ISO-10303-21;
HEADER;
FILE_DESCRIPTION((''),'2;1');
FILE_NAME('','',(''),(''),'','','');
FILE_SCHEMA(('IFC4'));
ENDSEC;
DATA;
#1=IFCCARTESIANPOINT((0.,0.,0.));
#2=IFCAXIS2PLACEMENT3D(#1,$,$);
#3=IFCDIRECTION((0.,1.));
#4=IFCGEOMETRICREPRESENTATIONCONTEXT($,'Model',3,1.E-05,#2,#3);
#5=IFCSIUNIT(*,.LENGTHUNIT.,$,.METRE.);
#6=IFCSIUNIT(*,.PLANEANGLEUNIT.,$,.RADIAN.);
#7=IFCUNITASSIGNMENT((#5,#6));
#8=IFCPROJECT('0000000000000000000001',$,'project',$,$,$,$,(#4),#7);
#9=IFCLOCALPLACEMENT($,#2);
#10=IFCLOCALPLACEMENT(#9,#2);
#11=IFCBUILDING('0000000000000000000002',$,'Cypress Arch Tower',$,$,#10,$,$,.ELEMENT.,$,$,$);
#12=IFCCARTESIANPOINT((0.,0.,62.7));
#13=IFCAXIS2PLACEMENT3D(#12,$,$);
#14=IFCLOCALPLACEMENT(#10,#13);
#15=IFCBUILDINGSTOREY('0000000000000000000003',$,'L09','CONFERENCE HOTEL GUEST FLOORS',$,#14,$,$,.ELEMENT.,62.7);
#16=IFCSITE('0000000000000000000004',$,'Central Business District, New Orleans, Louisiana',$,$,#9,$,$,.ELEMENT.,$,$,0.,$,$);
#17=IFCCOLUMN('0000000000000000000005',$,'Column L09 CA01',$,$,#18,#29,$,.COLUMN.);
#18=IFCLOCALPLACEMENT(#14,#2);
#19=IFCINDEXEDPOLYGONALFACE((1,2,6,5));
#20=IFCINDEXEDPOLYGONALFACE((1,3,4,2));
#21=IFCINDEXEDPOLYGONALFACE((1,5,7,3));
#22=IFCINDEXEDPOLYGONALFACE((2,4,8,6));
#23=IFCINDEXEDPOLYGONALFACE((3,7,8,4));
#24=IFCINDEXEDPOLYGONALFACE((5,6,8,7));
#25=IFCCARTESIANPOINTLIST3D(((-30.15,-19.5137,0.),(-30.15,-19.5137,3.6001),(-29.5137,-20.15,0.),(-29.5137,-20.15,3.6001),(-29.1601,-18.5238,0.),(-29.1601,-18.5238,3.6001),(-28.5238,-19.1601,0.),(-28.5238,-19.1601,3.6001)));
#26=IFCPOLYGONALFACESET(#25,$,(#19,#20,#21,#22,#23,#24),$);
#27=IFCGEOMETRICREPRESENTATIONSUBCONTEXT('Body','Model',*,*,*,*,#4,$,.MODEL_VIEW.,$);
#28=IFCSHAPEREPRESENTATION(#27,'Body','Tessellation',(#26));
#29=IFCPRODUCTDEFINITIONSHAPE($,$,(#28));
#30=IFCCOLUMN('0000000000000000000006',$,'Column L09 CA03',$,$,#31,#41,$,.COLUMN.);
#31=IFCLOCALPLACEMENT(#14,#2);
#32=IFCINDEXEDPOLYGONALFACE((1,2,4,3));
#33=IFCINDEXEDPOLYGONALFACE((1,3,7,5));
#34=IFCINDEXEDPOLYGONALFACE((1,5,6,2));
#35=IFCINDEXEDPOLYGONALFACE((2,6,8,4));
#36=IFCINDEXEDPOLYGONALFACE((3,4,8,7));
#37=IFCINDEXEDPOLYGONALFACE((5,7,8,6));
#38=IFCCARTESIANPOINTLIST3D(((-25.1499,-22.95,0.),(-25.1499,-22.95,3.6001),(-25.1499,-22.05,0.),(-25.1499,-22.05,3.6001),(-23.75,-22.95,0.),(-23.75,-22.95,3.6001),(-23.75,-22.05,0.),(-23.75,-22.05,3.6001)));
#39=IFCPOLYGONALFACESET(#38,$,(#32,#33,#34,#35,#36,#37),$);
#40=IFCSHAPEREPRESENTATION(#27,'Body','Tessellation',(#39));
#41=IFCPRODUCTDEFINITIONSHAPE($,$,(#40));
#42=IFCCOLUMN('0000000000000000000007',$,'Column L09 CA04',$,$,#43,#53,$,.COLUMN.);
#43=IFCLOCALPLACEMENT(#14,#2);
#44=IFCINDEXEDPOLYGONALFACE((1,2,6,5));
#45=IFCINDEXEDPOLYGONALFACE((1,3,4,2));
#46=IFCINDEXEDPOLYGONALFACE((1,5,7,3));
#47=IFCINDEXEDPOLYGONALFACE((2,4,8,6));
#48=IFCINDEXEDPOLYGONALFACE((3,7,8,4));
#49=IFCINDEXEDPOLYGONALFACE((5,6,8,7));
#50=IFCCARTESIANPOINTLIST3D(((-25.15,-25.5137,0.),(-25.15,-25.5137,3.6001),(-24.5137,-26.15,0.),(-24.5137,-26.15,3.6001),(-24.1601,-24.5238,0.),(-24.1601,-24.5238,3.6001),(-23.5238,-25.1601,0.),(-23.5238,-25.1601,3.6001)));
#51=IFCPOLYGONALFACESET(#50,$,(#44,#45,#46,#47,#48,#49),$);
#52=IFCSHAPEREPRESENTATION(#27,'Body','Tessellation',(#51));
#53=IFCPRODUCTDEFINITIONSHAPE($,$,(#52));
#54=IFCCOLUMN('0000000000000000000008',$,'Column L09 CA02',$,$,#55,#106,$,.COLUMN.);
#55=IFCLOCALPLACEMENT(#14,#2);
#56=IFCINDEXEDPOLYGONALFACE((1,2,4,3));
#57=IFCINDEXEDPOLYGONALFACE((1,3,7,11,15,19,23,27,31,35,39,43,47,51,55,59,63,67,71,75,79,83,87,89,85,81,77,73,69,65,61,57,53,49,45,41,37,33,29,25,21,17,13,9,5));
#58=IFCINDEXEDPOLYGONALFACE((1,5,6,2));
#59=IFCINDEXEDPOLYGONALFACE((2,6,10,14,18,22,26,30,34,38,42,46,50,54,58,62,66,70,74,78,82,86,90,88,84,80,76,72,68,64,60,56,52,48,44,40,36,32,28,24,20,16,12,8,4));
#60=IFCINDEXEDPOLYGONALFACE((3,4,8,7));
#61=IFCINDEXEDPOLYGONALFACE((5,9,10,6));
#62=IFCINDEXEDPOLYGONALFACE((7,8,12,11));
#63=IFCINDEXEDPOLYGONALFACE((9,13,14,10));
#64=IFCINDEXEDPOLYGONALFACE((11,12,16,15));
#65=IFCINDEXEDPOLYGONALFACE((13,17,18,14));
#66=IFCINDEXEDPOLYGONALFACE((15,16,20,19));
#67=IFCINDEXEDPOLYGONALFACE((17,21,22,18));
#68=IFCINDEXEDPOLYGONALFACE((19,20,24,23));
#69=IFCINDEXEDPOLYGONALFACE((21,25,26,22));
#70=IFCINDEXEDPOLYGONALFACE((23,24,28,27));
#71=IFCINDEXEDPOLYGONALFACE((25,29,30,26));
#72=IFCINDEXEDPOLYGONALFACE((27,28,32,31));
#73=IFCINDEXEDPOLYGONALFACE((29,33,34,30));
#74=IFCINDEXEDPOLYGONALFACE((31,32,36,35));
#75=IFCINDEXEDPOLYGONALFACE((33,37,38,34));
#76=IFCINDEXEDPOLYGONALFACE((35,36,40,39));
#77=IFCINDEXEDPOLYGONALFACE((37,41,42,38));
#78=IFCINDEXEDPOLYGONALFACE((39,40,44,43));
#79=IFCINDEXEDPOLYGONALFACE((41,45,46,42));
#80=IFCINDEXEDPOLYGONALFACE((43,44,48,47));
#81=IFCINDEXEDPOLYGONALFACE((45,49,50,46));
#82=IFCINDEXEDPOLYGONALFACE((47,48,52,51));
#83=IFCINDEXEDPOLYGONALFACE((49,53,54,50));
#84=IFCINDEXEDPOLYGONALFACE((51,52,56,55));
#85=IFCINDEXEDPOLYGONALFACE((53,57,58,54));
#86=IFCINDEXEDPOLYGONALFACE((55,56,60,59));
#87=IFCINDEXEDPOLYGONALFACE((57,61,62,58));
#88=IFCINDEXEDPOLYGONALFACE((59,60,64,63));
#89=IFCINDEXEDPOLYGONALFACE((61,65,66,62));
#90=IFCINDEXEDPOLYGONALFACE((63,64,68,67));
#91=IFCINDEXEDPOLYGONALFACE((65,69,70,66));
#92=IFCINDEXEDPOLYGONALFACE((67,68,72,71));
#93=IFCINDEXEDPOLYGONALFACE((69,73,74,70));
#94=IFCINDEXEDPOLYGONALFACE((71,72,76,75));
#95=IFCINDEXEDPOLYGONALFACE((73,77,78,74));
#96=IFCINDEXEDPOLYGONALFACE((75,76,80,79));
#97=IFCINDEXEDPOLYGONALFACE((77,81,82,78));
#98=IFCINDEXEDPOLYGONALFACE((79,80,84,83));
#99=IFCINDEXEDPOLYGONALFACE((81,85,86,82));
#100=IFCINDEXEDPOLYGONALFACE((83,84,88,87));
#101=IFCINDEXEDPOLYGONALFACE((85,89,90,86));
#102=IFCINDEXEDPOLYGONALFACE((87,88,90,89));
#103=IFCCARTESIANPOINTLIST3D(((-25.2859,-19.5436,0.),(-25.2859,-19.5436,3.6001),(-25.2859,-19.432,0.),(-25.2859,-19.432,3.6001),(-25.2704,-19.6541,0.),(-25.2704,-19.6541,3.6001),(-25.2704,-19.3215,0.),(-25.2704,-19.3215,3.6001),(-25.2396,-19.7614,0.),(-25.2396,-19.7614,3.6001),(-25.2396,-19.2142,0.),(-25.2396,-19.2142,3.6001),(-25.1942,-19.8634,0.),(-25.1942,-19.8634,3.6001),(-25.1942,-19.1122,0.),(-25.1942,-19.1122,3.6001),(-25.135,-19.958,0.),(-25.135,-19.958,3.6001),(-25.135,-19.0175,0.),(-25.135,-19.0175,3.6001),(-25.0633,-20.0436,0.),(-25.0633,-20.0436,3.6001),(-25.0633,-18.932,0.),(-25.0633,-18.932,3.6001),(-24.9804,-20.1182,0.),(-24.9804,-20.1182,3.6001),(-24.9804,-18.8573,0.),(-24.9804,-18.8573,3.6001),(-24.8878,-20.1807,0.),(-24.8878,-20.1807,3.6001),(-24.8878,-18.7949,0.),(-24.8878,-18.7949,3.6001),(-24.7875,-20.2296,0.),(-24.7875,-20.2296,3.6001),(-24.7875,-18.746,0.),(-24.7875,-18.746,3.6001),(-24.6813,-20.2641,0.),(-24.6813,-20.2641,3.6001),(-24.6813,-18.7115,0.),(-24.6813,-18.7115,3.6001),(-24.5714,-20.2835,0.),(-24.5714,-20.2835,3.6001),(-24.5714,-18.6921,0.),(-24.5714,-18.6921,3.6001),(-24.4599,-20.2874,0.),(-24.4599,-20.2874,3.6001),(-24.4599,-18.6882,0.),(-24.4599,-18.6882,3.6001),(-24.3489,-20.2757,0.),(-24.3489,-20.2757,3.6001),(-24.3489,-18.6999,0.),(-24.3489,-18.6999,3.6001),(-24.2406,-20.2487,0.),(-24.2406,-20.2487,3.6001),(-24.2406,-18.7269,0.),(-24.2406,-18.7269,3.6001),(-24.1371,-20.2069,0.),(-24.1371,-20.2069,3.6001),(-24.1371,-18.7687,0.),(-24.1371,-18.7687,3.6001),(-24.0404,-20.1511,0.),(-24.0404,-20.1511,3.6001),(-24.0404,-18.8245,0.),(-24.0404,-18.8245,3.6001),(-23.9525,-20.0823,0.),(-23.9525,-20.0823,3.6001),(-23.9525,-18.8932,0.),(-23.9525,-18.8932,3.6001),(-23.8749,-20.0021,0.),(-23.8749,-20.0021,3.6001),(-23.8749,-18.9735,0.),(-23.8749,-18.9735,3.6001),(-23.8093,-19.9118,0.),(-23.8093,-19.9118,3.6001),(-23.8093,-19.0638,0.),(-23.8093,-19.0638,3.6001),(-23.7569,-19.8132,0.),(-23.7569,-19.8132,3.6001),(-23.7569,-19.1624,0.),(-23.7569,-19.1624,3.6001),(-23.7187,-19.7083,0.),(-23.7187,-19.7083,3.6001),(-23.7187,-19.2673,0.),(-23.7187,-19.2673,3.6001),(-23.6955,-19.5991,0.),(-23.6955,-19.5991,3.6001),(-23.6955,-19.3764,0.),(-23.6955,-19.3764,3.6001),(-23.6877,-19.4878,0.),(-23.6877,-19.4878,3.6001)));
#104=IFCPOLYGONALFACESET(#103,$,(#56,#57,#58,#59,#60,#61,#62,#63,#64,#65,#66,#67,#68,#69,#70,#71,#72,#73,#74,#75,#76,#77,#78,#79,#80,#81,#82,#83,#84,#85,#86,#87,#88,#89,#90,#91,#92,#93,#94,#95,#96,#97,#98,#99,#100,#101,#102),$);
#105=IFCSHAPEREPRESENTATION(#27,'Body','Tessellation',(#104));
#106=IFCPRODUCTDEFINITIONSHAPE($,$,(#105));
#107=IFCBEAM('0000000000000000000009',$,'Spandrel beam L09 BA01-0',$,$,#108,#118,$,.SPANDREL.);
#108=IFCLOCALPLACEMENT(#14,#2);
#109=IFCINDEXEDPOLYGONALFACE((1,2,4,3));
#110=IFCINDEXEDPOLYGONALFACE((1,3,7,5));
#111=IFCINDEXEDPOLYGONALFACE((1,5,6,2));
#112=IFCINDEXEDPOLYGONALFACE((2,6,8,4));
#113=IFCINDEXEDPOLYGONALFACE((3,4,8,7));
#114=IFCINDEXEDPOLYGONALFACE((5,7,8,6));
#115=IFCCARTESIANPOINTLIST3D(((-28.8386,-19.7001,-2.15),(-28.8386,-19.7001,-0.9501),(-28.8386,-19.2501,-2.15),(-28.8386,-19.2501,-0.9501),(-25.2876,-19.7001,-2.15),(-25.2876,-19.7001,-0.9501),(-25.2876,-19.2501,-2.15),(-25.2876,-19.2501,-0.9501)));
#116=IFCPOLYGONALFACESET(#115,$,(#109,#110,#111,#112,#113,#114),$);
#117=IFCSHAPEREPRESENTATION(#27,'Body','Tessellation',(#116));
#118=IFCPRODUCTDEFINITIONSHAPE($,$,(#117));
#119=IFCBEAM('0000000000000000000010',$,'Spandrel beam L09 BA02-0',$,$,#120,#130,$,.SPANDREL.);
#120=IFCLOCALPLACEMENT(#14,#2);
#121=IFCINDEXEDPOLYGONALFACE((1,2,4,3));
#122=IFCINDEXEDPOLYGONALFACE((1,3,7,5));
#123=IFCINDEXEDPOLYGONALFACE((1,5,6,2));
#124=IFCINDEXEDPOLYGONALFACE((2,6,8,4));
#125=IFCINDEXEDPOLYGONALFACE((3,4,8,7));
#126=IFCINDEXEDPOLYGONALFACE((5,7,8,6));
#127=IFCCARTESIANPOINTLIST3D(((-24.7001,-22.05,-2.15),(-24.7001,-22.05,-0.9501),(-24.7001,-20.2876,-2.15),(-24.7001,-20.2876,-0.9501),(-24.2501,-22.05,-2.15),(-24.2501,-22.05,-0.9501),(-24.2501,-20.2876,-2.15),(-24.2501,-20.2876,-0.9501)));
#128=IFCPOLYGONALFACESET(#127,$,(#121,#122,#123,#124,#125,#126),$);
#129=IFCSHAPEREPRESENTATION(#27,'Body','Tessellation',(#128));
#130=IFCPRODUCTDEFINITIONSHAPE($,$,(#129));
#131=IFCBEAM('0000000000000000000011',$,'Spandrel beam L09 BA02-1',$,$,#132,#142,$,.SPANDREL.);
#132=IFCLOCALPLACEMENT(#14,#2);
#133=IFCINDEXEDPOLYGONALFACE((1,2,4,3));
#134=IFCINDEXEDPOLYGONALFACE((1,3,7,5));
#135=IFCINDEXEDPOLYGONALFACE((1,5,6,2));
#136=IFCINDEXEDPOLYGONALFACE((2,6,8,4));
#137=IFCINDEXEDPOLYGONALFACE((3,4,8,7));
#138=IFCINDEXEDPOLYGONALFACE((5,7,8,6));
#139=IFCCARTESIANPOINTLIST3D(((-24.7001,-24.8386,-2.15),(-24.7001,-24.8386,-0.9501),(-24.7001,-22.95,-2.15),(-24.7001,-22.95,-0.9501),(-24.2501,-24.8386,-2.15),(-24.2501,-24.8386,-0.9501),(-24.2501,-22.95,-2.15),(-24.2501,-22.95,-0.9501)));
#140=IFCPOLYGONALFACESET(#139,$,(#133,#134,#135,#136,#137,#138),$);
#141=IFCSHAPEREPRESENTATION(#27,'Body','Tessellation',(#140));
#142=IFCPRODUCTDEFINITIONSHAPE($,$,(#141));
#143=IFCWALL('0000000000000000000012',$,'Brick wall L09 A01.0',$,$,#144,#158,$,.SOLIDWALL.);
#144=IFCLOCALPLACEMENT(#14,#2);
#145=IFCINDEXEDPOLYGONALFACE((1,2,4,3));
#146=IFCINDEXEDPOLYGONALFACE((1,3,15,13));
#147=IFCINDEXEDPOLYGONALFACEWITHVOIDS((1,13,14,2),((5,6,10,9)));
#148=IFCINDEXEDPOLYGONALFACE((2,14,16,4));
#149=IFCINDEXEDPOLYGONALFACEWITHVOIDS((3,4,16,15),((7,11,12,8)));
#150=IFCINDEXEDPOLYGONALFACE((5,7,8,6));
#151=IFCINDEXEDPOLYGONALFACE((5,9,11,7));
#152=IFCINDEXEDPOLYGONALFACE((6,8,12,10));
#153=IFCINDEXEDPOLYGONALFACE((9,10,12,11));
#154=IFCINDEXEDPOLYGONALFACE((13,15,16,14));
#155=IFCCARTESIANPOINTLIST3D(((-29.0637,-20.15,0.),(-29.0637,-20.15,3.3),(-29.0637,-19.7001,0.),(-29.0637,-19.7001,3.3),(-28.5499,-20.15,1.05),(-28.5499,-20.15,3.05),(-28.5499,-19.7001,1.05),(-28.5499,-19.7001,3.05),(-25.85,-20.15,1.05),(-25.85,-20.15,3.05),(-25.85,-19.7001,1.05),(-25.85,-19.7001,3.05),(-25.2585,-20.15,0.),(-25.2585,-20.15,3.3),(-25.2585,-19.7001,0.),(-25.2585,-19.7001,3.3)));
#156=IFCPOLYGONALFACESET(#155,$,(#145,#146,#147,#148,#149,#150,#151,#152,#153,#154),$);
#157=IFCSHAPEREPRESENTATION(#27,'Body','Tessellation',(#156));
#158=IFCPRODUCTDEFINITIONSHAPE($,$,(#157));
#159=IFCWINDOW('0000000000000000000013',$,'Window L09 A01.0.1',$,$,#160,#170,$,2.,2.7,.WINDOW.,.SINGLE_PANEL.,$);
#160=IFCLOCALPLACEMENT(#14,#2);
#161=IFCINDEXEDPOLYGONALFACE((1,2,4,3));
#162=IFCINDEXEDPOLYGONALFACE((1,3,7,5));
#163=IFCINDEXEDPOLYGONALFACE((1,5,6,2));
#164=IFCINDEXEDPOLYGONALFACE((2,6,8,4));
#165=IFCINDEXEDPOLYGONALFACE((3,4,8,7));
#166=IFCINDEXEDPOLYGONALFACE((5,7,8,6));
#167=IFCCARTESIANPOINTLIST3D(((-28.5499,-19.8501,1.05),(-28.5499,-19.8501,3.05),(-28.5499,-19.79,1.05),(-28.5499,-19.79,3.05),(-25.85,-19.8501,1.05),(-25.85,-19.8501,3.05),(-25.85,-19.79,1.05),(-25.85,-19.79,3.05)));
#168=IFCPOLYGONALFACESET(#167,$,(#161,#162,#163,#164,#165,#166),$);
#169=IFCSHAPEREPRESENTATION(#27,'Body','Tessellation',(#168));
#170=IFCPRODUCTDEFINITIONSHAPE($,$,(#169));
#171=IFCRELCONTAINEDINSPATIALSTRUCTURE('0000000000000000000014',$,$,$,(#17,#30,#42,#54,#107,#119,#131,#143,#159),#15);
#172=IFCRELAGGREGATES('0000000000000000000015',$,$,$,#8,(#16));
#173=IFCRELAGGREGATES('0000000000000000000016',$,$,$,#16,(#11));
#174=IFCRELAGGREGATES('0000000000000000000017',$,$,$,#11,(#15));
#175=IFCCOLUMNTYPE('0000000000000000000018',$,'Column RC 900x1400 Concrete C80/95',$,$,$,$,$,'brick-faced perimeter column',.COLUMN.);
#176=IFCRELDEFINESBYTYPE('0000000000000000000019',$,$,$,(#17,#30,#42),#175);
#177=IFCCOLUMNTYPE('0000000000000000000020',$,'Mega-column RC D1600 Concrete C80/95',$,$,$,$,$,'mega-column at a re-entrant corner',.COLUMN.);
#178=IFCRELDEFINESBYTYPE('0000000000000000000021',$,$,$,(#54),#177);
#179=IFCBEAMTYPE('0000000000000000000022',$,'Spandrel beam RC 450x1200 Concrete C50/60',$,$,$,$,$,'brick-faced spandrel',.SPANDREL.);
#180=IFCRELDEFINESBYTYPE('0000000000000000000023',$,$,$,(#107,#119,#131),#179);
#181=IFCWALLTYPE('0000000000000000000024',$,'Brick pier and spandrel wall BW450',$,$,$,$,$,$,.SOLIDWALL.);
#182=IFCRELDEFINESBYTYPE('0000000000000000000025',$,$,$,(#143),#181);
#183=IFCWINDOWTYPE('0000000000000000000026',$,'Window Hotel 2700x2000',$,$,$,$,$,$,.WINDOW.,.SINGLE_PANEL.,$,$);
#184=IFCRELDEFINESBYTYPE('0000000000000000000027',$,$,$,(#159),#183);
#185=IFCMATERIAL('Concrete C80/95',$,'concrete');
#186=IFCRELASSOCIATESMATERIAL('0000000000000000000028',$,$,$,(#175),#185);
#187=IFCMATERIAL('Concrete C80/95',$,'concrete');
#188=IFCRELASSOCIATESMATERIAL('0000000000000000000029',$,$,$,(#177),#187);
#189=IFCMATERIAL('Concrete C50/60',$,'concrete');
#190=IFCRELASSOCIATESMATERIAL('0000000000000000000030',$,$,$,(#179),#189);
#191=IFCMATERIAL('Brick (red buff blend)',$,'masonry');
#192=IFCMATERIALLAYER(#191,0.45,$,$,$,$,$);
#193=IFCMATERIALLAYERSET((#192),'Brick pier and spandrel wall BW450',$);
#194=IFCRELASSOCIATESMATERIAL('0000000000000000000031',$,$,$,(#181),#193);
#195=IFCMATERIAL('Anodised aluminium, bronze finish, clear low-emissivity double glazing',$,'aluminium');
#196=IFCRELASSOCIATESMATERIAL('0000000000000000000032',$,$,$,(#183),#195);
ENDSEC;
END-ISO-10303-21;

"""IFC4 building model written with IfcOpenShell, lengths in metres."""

from ifc_helpers import new_model, si_unit, direction, frame, frame_2d, origin, origin_2d, place, context, subcontext, project, spatial, rectangle, circle, extrude, material, layer, layer_set, material_profile, profile_set, type_object, element, fill, save


model = new_model("IFC4")

# Units and contexts
model_context = context("Model", 3, precision=1e-05, world=origin(), true_north=direction((0.0, 1.0)))
body_context = subcontext(model_context, "Body", "Model", "MODEL_VIEW")
ifc_project = project(units=[si_unit("LENGTHUNIT", "METRE"), si_unit("PLANEANGLEUNIT", "RADIAN")], contexts=[model_context])

# Site, building, storey
site_placement = place(None, origin())
site = spatial("IfcSite", under=ifc_project, at=site_placement, Name="Central Business District, New Orleans, Louisiana", CompositionType="ELEMENT", RefElevation=0.0)
building_placement = place(site_placement, origin())
building = spatial("IfcBuilding", under=site, at=building_placement, Name="Cypress Arch Tower", CompositionType="ELEMENT")
storey_placement = place(building_placement, frame((0.0, 0.0, 62.7)))
storey = spatial("IfcBuildingStorey", under=building, at=storey_placement, Name="L09", Description="CONFERENCE HOTEL GUEST FLOORS", CompositionType="ELEMENT", Elevation=62.7)

# Columns
ifc_material_1 = material(Name="Concrete C80/95", Category="concrete")
ifc_material_profile_1 = material_profile(ifc_material_1, rectangle(XDim=0.8999, YDim=1.3999, at=origin_2d()), Name="RC 900x1400")
ifc_profile_set_1 = profile_set([ifc_material_profile_1], Name="Concrete C80/95")
column_type_1 = type_object("IfcColumnType", Name="Column RC 900x1400 Concrete C80/95", ElementType="brick-faced perimeter column", PredefinedType="COLUMN", material=ifc_profile_set_1)
for number, where, z_axis, x_axis, name in (
    (1, (-29.3369, -19.3369, 0.0), (0.0, 0.0, 1.0), (0.707107, -0.707107, 0.0), "Column L09 CA01"),
    (2, (-24.45, -22.5, 0.0), (0.0, 0.0, 1.0), (0.0, -1.0, 0.0), "Column L09 CA03"),
    (3, (-24.3369, -25.3369, 0.0), (0.0, 0.0, 1.0), (0.707107, -0.707107, 0.0), "Column L09 CA04"),
):
    element("IfcColumn", number, at=place(storey_placement, frame(where, z_axis=z_axis, x_axis=x_axis)), inside=storey, type_object=column_type_1, Name=name, PredefinedType="COLUMN", context=body_context, shape_type="SweptSolid", body=[
        extrude(rectangle(XDim=0.8999, YDim=1.3999, at=origin_2d()), origin(), (0.0, 0.0, 1.0), 3.6001),
    ])
ifc_material_2 = material(Name="Concrete C80/95", Category="concrete")
ifc_material_profile_2 = material_profile(ifc_material_2, circle(Radius=0.8, at=origin_2d()), Name="RC D1600")
ifc_profile_set_2 = profile_set([ifc_material_profile_2], Name="Concrete C80/95")
column_type_2 = type_object("IfcColumnType", Name="Mega-column RC D1600 Concrete C80/95", ElementType="mega-column at a re-entrant corner", PredefinedType="COLUMN", material=ifc_profile_set_2)
column_placement = place(storey_placement, frame((-24.4878, -19.4878, 0.0), z_axis=(0.0, 0.0, 1.0), x_axis=(1.0, 0.0, 0.0)))
element("IfcColumn", 4, at=column_placement, inside=storey, type_object=column_type_2, Name="Column L09 CA02", PredefinedType="COLUMN", context=body_context, shape_type="SweptSolid", body=[
    extrude(circle(Radius=0.8, at=origin_2d()), origin(), (0.0, 0.0, 1.0), 3.6001),
])

# Beams
ifc_material_3 = material(Name="Concrete C50/60", Category="concrete")
ifc_material_profile_3 = material_profile(ifc_material_3, rectangle(XDim=0.45, YDim=1.2, at=origin_2d()), Name="RC 450x1200")
ifc_profile_set_3 = profile_set([ifc_material_profile_3], Name="Concrete C50/60")
beam_type = type_object("IfcBeamType", Name="Spandrel beam RC 450x1200 Concrete C50/60", ElementType="brick-faced spandrel", PredefinedType="SPANDREL", material=ifc_profile_set_3)
beam_1_placement = place(storey_placement, frame((-28.8386, -19.4751, -1.55), z_axis=(1.0, 0.0, 0.0), x_axis=(0.0, 1.0, 0.0)))
element("IfcBeam", 5, at=beam_1_placement, inside=storey, type_object=beam_type, Name="Spandrel beam L09 BA01-0", PredefinedType="SPANDREL", context=body_context, shape_type="SweptSolid", body=[
    extrude(rectangle(XDim=0.45, YDim=1.2, at=origin_2d()), origin(), (0.0, 0.0, 1.0), 3.551),
])
beam_2_placement = place(storey_placement, frame((-24.4751, -20.2876, -1.55), z_axis=(0.0, -1.0, 0.0), x_axis=(1.0, 0.0, 0.0)))
element("IfcBeam", 6, at=beam_2_placement, inside=storey, type_object=beam_type, Name="Spandrel beam L09 BA02-0", PredefinedType="SPANDREL", context=body_context, shape_type="SweptSolid", body=[
    extrude(rectangle(XDim=0.45, YDim=1.2, at=origin_2d()), origin(), (0.0, 0.0, 1.0), 1.7625),
])
beam_3_placement = place(storey_placement, frame((-24.4751, -22.95, -1.55), z_axis=(0.0, -1.0, 0.0), x_axis=(1.0, 0.0, 0.0)))
element("IfcBeam", 7, at=beam_3_placement, inside=storey, type_object=beam_type, Name="Spandrel beam L09 BA02-1", PredefinedType="SPANDREL", context=body_context, shape_type="SweptSolid", body=[
    extrude(rectangle(XDim=0.45, YDim=1.2, at=origin_2d()), origin(), (0.0, 0.0, 1.0), 1.8887),
])

# Wall, opening, window
ifc_material_4 = material(Name="Brick (red buff blend)", Category="masonry")
ifc_layer_1 = layer(ifc_material_4, 0.45)
ifc_layer_set_1 = layer_set([ifc_layer_1], Name="Brick pier and spandrel wall BW450")
wall_type_1 = type_object("IfcWallType", Name="Brick pier and spandrel wall BW450", PredefinedType="SOLIDWALL", material=ifc_layer_set_1)
wall_1_placement = place(storey_placement, frame((-29.0637, -19.925, 0.0), z_axis=(0.0, 0.0, 1.0), x_axis=(1.0, 0.0, 0.0)))
wall_1 = element("IfcWall", 8, at=wall_1_placement, inside=storey, type_object=wall_type_1, Name="Brick wall L09 A01.0", PredefinedType="SOLIDWALL", context=body_context, shape_type="SweptSolid", body=[
    extrude(rectangle(XDim=3.8052, YDim=0.45, at=frame_2d((1.9026, 0.0))), origin(), (0.0, 0.0, 1.0), 3.3),
])
opening_1_placement = place(wall_1_placement, frame((0.5137, 0.0, 1.05)))
opening_1 = element("IfcOpeningElement", 9, at=opening_1_placement, cuts=wall_1, PredefinedType="OPENING", context=body_context, shape_type="SweptSolid", body=[
    extrude(rectangle(XDim=2.7, YDim=2.0, at=frame_2d((1.3501, 1.0))), frame((0.0, 0.2349, 0.0), z_axis=(0.0, -1.0, 0.0), x_axis=(1.0, 0.0, 0.0)), (0.0, 0.0, 1.0), 0.47),
])
ifc_material_5 = material(Name="Anodised aluminium, bronze finish, clear low-emissivity double glazing", Category="aluminium")
window_type_1 = type_object("IfcWindowType", Name="Window Hotel 2700x2000", PartitioningType="SINGLE_PANEL", PredefinedType="WINDOW", material=ifc_material_5)
window_1_placement = place(opening_1_placement, origin())
window_1 = element("IfcWindow", 10, at=window_1_placement, inside=storey, type_object=window_type_1, Name="Window L09 A01.0.1", OverallHeight=2.0, OverallWidth=2.7, PartitioningType="SINGLE_PANEL", PredefinedType="WINDOW", context=body_context, shape_type="SweptSolid", body=[
    extrude(rectangle(XDim=2.7, YDim=2.0, at=frame_2d((1.3501, 1.0))), frame((0.0, 0.135, 0.0), z_axis=(0.0, -1.0, 0.0), x_axis=(1.0, 0.0, 0.0)), (0.0, 0.0, 1.0), 0.0601),
])
fill(opening_1, window_1)

save(model, "model.ifc")
